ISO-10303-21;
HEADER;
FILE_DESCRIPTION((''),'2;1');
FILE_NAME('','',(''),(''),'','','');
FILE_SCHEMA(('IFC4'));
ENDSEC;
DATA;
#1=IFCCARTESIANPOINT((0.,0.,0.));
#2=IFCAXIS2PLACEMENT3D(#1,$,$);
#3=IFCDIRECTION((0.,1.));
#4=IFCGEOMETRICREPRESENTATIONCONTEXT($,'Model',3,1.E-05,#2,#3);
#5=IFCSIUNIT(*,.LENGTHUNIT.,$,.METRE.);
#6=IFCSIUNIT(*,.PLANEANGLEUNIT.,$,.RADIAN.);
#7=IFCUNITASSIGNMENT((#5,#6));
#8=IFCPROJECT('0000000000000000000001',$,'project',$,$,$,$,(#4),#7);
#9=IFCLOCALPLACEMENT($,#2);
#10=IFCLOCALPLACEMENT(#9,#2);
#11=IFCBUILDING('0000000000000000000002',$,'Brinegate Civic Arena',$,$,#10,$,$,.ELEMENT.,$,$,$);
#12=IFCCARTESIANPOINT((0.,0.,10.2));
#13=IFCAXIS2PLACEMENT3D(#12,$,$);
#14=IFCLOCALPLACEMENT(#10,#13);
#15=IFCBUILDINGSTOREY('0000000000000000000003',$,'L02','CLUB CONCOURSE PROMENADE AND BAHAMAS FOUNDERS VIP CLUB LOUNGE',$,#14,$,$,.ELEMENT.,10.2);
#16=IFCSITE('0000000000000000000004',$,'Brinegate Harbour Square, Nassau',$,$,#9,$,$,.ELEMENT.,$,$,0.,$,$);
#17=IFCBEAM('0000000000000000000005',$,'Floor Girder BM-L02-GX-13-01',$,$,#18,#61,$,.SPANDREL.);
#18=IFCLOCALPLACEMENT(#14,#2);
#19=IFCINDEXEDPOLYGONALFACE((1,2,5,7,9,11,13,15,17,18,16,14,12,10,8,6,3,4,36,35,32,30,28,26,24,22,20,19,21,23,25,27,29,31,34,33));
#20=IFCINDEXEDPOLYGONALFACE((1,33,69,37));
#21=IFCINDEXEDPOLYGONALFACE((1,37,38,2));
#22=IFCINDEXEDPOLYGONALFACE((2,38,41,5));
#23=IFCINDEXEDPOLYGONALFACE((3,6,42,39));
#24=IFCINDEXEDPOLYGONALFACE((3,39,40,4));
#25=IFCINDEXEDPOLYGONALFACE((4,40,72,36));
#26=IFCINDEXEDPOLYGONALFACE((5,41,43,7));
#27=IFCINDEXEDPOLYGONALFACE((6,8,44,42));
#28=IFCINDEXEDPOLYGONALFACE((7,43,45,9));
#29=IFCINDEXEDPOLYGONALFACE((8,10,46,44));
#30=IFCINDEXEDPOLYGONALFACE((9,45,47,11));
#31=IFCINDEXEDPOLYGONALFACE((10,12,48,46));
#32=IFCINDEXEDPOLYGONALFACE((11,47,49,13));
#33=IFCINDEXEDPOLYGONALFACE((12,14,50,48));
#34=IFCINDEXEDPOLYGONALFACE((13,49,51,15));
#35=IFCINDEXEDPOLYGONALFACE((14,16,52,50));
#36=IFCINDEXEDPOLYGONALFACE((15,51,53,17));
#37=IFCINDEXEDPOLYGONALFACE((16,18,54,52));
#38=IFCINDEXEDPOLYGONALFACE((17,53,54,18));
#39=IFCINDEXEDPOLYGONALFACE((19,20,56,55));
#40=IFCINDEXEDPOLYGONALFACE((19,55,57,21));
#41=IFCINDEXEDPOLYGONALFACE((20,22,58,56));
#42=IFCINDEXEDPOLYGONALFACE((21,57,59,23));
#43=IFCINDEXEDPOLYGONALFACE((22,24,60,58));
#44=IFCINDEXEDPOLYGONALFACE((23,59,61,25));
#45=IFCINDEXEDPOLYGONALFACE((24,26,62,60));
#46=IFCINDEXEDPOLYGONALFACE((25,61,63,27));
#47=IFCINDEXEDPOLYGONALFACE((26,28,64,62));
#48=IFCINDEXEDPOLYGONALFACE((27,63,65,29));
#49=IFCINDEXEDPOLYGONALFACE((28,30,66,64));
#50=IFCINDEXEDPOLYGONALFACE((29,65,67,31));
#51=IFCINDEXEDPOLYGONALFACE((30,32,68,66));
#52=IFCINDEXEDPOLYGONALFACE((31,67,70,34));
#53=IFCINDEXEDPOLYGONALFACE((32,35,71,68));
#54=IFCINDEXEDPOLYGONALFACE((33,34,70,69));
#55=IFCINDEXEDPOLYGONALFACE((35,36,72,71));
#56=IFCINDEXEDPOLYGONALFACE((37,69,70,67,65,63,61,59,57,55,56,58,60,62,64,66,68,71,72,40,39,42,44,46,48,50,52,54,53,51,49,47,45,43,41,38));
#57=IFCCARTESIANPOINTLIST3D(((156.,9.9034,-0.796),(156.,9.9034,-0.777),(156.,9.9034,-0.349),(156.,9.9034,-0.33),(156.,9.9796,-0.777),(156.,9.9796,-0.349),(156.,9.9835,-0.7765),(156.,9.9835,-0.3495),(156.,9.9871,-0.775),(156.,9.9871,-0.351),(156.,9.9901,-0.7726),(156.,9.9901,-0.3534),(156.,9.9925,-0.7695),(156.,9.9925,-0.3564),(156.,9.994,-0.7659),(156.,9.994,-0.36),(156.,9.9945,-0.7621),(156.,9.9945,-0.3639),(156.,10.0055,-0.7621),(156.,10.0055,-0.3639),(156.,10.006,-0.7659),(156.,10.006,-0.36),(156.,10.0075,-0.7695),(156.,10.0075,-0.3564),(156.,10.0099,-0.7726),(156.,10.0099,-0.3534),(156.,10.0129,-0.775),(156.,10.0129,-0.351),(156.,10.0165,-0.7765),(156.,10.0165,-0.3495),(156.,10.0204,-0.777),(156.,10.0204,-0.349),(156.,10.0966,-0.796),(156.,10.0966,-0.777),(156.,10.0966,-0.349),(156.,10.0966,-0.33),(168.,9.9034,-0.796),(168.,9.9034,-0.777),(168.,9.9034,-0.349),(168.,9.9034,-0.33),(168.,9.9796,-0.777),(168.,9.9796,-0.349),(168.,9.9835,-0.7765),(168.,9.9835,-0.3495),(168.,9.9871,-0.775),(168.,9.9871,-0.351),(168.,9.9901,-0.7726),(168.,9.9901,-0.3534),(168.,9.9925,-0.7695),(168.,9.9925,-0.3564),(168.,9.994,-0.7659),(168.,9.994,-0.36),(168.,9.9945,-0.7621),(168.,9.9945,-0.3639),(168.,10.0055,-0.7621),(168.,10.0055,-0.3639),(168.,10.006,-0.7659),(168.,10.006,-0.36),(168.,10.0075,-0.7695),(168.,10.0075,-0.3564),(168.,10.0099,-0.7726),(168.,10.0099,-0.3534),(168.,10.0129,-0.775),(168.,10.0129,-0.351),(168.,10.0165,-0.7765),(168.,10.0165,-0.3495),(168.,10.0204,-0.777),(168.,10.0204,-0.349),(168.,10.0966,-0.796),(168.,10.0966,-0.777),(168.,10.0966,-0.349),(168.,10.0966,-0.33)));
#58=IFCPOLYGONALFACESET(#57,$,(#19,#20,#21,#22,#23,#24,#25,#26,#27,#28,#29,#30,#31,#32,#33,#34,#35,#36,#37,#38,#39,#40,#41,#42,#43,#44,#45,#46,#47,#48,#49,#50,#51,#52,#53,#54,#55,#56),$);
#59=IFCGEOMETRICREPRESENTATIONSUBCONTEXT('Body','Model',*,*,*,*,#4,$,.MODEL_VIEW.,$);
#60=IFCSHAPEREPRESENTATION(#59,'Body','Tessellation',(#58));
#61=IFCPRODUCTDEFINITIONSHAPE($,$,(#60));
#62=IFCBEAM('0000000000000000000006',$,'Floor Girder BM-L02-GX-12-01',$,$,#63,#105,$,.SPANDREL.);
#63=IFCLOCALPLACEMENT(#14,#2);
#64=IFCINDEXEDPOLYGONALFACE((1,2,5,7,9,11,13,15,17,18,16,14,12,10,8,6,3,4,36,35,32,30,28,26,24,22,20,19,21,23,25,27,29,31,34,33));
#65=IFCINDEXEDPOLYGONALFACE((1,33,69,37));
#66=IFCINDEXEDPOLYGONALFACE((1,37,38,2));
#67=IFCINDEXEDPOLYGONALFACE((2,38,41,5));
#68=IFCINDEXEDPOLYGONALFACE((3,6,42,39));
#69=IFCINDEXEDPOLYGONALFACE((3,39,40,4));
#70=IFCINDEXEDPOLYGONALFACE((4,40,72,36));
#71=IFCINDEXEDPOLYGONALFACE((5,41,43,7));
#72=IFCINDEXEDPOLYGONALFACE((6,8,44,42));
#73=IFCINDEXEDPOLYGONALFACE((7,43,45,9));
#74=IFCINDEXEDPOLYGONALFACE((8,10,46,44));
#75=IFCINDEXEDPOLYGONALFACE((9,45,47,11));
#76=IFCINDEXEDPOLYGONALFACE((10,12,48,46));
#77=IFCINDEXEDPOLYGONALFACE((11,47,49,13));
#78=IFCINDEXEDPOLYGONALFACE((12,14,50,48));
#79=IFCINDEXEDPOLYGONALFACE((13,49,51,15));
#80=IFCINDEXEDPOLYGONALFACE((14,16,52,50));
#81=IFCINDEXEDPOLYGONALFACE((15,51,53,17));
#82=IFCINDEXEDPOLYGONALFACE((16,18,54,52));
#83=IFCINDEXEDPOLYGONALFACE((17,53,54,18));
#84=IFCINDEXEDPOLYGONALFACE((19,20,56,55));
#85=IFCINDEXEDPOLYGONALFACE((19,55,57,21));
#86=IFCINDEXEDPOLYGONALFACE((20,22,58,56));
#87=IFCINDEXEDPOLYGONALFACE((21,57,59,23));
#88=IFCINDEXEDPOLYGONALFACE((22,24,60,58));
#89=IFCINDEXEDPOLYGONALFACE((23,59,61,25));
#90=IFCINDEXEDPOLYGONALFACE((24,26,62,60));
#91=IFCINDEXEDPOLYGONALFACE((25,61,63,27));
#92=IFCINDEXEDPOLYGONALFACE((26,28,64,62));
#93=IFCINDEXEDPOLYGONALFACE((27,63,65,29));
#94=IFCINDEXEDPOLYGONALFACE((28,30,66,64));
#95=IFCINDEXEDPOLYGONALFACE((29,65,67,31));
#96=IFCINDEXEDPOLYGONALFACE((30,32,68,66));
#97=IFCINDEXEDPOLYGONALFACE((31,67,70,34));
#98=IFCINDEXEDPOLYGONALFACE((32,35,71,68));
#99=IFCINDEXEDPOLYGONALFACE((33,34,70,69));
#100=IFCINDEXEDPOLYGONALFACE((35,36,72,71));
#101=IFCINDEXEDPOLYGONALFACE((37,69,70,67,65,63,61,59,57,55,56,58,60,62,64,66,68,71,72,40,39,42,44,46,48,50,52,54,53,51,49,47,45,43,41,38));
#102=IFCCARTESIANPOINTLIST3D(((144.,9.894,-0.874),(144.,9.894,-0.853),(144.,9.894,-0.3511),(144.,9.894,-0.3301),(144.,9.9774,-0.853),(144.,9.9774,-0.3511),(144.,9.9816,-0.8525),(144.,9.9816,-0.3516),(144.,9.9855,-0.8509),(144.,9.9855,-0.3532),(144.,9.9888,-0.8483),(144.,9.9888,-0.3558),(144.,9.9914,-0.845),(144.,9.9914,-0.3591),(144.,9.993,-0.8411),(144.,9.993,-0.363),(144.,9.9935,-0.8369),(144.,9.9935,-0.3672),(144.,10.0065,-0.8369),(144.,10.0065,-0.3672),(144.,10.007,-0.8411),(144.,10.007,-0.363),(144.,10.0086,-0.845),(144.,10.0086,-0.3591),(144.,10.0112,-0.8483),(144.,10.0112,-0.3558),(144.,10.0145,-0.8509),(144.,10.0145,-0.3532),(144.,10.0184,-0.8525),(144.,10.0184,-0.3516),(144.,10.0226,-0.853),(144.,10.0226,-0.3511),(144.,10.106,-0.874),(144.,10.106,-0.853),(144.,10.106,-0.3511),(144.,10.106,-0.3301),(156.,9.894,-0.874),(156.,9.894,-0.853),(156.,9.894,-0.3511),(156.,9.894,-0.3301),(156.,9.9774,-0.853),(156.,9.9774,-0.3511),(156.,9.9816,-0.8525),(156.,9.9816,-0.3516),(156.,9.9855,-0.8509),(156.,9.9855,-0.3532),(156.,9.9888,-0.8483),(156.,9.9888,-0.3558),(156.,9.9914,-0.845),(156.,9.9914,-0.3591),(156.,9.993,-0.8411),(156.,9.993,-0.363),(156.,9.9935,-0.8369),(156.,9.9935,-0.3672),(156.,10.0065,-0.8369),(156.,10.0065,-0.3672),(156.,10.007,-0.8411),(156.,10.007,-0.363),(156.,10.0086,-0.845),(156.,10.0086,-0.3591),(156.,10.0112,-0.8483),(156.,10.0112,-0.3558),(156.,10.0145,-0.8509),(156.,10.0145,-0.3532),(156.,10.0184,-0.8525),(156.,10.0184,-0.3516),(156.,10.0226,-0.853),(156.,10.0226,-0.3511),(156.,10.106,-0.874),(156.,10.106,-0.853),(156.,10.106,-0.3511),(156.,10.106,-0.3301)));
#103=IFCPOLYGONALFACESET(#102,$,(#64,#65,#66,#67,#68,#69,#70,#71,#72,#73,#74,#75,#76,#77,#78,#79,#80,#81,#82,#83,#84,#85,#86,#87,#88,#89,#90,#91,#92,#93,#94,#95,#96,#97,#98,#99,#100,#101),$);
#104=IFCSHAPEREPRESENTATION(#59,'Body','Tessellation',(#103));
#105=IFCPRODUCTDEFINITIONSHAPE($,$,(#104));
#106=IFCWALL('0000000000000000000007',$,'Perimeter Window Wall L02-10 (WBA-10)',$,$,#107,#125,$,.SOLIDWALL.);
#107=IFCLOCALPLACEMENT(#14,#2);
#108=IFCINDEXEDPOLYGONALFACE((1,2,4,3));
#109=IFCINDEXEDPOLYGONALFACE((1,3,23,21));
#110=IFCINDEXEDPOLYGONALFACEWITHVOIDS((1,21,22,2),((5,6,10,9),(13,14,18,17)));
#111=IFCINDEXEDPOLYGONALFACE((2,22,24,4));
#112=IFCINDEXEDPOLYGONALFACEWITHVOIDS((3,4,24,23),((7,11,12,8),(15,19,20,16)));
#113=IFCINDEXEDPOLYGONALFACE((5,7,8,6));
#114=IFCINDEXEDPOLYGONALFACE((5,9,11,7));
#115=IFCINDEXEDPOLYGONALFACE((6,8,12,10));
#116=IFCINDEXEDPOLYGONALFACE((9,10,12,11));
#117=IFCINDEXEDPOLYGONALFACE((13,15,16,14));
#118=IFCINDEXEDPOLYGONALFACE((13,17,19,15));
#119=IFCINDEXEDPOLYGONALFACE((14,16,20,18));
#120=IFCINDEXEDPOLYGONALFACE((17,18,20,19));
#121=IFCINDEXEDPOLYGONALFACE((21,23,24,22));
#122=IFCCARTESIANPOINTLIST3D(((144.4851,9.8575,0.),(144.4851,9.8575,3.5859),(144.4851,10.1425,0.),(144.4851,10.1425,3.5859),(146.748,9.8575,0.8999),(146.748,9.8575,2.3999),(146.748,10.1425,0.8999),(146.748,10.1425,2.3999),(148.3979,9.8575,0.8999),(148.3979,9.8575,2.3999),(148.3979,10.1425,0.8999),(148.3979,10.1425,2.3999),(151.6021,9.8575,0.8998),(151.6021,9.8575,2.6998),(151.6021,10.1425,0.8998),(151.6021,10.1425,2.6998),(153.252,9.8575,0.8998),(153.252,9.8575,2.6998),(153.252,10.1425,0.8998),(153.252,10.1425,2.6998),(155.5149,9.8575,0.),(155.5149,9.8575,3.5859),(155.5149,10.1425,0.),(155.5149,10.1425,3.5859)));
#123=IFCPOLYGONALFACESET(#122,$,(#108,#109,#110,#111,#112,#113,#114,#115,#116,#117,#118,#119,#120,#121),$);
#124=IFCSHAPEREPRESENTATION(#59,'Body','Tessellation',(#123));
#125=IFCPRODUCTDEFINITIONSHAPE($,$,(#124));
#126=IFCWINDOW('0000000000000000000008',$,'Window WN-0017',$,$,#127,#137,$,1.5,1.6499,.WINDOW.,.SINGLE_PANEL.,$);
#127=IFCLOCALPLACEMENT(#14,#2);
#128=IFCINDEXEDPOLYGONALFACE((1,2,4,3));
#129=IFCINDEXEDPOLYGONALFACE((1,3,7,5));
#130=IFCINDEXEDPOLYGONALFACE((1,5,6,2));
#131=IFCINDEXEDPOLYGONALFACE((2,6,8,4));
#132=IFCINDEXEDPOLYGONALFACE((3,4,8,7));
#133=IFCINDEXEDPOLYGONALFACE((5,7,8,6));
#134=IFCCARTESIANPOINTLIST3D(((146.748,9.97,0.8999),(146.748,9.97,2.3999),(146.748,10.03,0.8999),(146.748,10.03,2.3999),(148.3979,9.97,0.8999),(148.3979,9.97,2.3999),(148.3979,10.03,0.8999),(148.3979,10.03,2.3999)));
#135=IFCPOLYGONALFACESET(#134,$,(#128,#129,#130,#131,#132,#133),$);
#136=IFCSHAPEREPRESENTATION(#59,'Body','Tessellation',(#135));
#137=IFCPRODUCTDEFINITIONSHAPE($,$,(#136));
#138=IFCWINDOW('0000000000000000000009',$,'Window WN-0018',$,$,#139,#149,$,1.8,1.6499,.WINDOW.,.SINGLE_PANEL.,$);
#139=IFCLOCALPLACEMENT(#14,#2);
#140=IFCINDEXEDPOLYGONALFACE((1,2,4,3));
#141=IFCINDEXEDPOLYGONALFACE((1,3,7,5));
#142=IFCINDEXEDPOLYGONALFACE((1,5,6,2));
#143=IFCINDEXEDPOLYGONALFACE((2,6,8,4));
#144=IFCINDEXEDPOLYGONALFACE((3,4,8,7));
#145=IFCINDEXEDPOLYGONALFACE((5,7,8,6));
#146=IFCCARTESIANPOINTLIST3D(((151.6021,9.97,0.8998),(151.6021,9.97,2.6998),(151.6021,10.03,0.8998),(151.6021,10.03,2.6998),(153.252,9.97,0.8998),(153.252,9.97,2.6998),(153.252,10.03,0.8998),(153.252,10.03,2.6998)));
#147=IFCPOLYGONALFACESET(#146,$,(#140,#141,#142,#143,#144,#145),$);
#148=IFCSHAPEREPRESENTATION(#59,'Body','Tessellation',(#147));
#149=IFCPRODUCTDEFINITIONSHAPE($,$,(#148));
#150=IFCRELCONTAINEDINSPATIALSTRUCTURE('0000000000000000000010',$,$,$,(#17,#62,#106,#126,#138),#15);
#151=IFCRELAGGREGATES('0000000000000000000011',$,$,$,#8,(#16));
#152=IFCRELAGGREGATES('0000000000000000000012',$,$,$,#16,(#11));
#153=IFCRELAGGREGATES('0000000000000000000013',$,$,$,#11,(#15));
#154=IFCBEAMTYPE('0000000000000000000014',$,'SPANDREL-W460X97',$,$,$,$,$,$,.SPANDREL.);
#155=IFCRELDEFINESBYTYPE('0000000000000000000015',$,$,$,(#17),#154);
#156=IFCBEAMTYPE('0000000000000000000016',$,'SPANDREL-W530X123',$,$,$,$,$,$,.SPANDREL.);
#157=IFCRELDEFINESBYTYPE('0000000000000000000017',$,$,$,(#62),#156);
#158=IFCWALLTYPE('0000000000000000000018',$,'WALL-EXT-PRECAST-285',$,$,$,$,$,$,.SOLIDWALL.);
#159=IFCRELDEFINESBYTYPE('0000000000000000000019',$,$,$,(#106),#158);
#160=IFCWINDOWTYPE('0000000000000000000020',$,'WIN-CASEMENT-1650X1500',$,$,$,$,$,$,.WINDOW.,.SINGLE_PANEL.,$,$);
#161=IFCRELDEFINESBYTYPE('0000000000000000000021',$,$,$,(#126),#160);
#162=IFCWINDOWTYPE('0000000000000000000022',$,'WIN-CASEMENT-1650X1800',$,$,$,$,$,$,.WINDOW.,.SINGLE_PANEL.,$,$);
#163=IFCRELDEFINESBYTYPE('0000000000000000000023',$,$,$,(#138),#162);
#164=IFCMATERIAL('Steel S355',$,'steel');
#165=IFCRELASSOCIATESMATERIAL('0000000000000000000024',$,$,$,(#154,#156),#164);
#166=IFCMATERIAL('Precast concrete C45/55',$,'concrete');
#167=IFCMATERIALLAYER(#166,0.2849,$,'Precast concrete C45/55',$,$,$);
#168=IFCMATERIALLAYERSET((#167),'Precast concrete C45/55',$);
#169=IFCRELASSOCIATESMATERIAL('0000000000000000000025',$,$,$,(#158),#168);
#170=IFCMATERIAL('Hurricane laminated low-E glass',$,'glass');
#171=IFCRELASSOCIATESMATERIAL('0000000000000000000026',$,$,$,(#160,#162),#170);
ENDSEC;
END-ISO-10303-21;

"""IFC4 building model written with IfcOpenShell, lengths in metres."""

from ifc_helpers import new_model, si_unit, direction, frame, frame_2d, origin, origin_2d, place, context, subcontext, project, spatial, rectangle, i_section, extrude, material, layer, layer_set, material_profile, profile_set, type_object, element, fill, save


model = new_model("IFC4")

# Units and contexts
model_context = context("Model", 3, precision=1e-05, world=origin(), true_north=direction((0.0, 1.0)))
body_context = subcontext(model_context, "Body", "Model", "MODEL_VIEW")
ifc_project = project(units=[si_unit("LENGTHUNIT", "METRE"), si_unit("PLANEANGLEUNIT", "RADIAN")], contexts=[model_context])

# Site, building, storey
site_placement = place(None, origin())
site = spatial("IfcSite", under=ifc_project, at=site_placement, Name="Brinegate Harbour Square, Nassau", CompositionType="ELEMENT", RefElevation=0.0)
building_placement = place(site_placement, origin())
building = spatial("IfcBuilding", under=site, at=building_placement, Name="Brinegate Civic Arena", CompositionType="ELEMENT")
storey_placement = place(building_placement, frame((0.0, 0.0, 10.2)))
storey = spatial("IfcBuildingStorey", under=building, at=storey_placement, Name="L02", Description="CLUB CONCOURSE PROMENADE AND BAHAMAS FOUNDERS VIP CLUB LOUNGE", CompositionType="ELEMENT", Elevation=10.2)

# Beams
ifc_material_1 = material(Name="Steel S355", Category="steel")
ifc_material_profile_1 = material_profile(ifc_material_1, i_section(OverallWidth=0.1931, OverallDepth=0.4661, WebThickness=0.011, FlangeThickness=0.019, FilletRadius=0.0149, at=origin_2d()), Name="W460X97")
ifc_profile_set_1 = profile_set([ifc_material_profile_1], Name="Steel S355")
beam_type_1 = type_object("IfcBeamType", Name="SPANDREL-W460X97", PredefinedType="SPANDREL", material=ifc_profile_set_1)
beam_1_placement = place(storey_placement, frame((156.0, 10.0, -0.563), z_axis=(1.0, 0.0, 0.0), x_axis=(0.0, 1.0, 0.0)))
element("IfcBeam", 1, at=beam_1_placement, inside=storey, type_object=beam_type_1, Name="Floor Girder BM-L02-GX-13-01", PredefinedType="SPANDREL", context=body_context, shape_type="SweptSolid", body=[
    extrude(i_section(OverallWidth=0.1931, OverallDepth=0.4661, WebThickness=0.011, FlangeThickness=0.019, FilletRadius=0.0149, at=origin_2d()), origin(), (0.0, 0.0, 1.0), 12.0),
])
ifc_material_profile_2 = material_profile(ifc_material_1, i_section(OverallWidth=0.2119, OverallDepth=0.5439, WebThickness=0.0129, FlangeThickness=0.021, FilletRadius=0.0161, at=origin_2d()), Name="W530X123")
ifc_profile_set_2 = profile_set([ifc_material_profile_2], Name="Steel S355")
beam_type_2 = type_object("IfcBeamType", Name="SPANDREL-W530X123", PredefinedType="SPANDREL", material=ifc_profile_set_2)
beam_2_placement = place(storey_placement, frame((144.0, 10.0, -0.6021), z_axis=(1.0, 0.0, 0.0), x_axis=(0.0, 1.0, 0.0)))
element("IfcBeam", 2, at=beam_2_placement, inside=storey, type_object=beam_type_2, Name="Floor Girder BM-L02-GX-12-01", PredefinedType="SPANDREL", context=body_context, shape_type="SweptSolid", body=[
    extrude(i_section(OverallWidth=0.2119, OverallDepth=0.5439, WebThickness=0.0129, FlangeThickness=0.021, FilletRadius=0.0161, at=origin_2d()), origin(), (0.0, 0.0, 1.0), 12.0),
])

# Wall, openings, windows
ifc_material_2 = material(Name="Precast concrete C45/55", Category="concrete")
ifc_layer_1 = layer(ifc_material_2, 0.2849, Name="Precast concrete C45/55")
ifc_layer_set_1 = layer_set([ifc_layer_1], Name="Precast concrete C45/55")
wall_type_1 = type_object("IfcWallType", Name="WALL-EXT-PRECAST-285", PredefinedType="SOLIDWALL", material=ifc_layer_set_1)
wall_1_placement = place(storey_placement, frame((144.4851, 10.0, 0.0), z_axis=(0.0, 0.0, 1.0), x_axis=(1.0, 0.0, 0.0)))
wall_1 = element("IfcWall", 3, at=wall_1_placement, inside=storey, type_object=wall_type_1, Name="Perimeter Window Wall L02-10 (WBA-10)", PredefinedType="SOLIDWALL", context=body_context, shape_type="SweptSolid", body=[
    extrude(rectangle(XDim=11.0298, YDim=0.2849, at=frame_2d((5.5149, 0.0))), origin(), (0.0, 0.0, 1.0), 3.5859),
])
opening_1_placement = place(wall_1_placement, frame((2.2629, 0.0, 0.8999)))
opening_1 = element("IfcOpeningElement", 4, at=opening_1_placement, cuts=wall_1, PredefinedType="OPENING", context=body_context, shape_type="SweptSolid", body=[
    extrude(rectangle(XDim=1.6499, YDim=1.5, at=frame_2d((0.825, 0.75))), frame((0.0, 0.1523, 0.0), z_axis=(0.0, -1.0, 0.0), x_axis=(1.0, 0.0, 0.0)), (0.0, 0.0, 1.0), 0.3049),
])
opening_2_placement = place(wall_1_placement, frame((7.1169, 0.0, 0.8999)))
opening_2 = element("IfcOpeningElement", 5, at=opening_2_placement, cuts=wall_1, PredefinedType="OPENING", context=body_context, shape_type="SweptSolid", body=[
    extrude(rectangle(XDim=1.6499, YDim=1.8, at=frame_2d((0.825, 0.8999))), frame((0.0, 0.1523, 0.0), z_axis=(0.0, -1.0, 0.0), x_axis=(1.0, 0.0, 0.0)), (0.0, 0.0, 1.0), 0.3049),
])
ifc_material_3 = material(Name="Hurricane laminated low-E glass", Category="glass")
window_type_1 = type_object("IfcWindowType", Name="WIN-CASEMENT-1650X1500", PartitioningType="SINGLE_PANEL", PredefinedType="WINDOW", material=ifc_material_3)
window_1_placement = place(opening_1_placement, origin())
window_1 = element("IfcWindow", 6, at=window_1_placement, inside=storey, type_object=window_type_1, Name="Window WN-0017", OverallHeight=1.5, OverallWidth=1.6499, PartitioningType="SINGLE_PANEL", PredefinedType="WINDOW", context=body_context, shape_type="SweptSolid", body=[
    extrude(rectangle(XDim=1.6499, YDim=1.5, at=frame_2d((0.825, 0.75))), frame((0.0, 0.03, 0.0), z_axis=(0.0, -1.0, 0.0), x_axis=(1.0, 0.0, 0.0)), (0.0, 0.0, 1.0), 0.0601),
])
fill(opening_1, window_1)
window_type_2 = type_object("IfcWindowType", Name="WIN-CASEMENT-1650X1800", PartitioningType="SINGLE_PANEL", PredefinedType="WINDOW", material=ifc_material_3)
window_2_placement = place(opening_2_placement, origin())
window_2 = element("IfcWindow", 7, at=window_2_placement, inside=storey, type_object=window_type_2, Name="Window WN-0018", OverallHeight=1.8, OverallWidth=1.6499, PartitioningType="SINGLE_PANEL", PredefinedType="WINDOW", context=body_context, shape_type="SweptSolid", body=[
    extrude(rectangle(XDim=1.6499, YDim=1.8, at=frame_2d((0.825, 0.8999))), frame((0.0, 0.03, 0.0), z_axis=(0.0, -1.0, 0.0), x_axis=(1.0, 0.0, 0.0)), (0.0, 0.0, 1.0), 0.0601),
])
fill(opening_2, window_2)

save(model, "model.ifc")
